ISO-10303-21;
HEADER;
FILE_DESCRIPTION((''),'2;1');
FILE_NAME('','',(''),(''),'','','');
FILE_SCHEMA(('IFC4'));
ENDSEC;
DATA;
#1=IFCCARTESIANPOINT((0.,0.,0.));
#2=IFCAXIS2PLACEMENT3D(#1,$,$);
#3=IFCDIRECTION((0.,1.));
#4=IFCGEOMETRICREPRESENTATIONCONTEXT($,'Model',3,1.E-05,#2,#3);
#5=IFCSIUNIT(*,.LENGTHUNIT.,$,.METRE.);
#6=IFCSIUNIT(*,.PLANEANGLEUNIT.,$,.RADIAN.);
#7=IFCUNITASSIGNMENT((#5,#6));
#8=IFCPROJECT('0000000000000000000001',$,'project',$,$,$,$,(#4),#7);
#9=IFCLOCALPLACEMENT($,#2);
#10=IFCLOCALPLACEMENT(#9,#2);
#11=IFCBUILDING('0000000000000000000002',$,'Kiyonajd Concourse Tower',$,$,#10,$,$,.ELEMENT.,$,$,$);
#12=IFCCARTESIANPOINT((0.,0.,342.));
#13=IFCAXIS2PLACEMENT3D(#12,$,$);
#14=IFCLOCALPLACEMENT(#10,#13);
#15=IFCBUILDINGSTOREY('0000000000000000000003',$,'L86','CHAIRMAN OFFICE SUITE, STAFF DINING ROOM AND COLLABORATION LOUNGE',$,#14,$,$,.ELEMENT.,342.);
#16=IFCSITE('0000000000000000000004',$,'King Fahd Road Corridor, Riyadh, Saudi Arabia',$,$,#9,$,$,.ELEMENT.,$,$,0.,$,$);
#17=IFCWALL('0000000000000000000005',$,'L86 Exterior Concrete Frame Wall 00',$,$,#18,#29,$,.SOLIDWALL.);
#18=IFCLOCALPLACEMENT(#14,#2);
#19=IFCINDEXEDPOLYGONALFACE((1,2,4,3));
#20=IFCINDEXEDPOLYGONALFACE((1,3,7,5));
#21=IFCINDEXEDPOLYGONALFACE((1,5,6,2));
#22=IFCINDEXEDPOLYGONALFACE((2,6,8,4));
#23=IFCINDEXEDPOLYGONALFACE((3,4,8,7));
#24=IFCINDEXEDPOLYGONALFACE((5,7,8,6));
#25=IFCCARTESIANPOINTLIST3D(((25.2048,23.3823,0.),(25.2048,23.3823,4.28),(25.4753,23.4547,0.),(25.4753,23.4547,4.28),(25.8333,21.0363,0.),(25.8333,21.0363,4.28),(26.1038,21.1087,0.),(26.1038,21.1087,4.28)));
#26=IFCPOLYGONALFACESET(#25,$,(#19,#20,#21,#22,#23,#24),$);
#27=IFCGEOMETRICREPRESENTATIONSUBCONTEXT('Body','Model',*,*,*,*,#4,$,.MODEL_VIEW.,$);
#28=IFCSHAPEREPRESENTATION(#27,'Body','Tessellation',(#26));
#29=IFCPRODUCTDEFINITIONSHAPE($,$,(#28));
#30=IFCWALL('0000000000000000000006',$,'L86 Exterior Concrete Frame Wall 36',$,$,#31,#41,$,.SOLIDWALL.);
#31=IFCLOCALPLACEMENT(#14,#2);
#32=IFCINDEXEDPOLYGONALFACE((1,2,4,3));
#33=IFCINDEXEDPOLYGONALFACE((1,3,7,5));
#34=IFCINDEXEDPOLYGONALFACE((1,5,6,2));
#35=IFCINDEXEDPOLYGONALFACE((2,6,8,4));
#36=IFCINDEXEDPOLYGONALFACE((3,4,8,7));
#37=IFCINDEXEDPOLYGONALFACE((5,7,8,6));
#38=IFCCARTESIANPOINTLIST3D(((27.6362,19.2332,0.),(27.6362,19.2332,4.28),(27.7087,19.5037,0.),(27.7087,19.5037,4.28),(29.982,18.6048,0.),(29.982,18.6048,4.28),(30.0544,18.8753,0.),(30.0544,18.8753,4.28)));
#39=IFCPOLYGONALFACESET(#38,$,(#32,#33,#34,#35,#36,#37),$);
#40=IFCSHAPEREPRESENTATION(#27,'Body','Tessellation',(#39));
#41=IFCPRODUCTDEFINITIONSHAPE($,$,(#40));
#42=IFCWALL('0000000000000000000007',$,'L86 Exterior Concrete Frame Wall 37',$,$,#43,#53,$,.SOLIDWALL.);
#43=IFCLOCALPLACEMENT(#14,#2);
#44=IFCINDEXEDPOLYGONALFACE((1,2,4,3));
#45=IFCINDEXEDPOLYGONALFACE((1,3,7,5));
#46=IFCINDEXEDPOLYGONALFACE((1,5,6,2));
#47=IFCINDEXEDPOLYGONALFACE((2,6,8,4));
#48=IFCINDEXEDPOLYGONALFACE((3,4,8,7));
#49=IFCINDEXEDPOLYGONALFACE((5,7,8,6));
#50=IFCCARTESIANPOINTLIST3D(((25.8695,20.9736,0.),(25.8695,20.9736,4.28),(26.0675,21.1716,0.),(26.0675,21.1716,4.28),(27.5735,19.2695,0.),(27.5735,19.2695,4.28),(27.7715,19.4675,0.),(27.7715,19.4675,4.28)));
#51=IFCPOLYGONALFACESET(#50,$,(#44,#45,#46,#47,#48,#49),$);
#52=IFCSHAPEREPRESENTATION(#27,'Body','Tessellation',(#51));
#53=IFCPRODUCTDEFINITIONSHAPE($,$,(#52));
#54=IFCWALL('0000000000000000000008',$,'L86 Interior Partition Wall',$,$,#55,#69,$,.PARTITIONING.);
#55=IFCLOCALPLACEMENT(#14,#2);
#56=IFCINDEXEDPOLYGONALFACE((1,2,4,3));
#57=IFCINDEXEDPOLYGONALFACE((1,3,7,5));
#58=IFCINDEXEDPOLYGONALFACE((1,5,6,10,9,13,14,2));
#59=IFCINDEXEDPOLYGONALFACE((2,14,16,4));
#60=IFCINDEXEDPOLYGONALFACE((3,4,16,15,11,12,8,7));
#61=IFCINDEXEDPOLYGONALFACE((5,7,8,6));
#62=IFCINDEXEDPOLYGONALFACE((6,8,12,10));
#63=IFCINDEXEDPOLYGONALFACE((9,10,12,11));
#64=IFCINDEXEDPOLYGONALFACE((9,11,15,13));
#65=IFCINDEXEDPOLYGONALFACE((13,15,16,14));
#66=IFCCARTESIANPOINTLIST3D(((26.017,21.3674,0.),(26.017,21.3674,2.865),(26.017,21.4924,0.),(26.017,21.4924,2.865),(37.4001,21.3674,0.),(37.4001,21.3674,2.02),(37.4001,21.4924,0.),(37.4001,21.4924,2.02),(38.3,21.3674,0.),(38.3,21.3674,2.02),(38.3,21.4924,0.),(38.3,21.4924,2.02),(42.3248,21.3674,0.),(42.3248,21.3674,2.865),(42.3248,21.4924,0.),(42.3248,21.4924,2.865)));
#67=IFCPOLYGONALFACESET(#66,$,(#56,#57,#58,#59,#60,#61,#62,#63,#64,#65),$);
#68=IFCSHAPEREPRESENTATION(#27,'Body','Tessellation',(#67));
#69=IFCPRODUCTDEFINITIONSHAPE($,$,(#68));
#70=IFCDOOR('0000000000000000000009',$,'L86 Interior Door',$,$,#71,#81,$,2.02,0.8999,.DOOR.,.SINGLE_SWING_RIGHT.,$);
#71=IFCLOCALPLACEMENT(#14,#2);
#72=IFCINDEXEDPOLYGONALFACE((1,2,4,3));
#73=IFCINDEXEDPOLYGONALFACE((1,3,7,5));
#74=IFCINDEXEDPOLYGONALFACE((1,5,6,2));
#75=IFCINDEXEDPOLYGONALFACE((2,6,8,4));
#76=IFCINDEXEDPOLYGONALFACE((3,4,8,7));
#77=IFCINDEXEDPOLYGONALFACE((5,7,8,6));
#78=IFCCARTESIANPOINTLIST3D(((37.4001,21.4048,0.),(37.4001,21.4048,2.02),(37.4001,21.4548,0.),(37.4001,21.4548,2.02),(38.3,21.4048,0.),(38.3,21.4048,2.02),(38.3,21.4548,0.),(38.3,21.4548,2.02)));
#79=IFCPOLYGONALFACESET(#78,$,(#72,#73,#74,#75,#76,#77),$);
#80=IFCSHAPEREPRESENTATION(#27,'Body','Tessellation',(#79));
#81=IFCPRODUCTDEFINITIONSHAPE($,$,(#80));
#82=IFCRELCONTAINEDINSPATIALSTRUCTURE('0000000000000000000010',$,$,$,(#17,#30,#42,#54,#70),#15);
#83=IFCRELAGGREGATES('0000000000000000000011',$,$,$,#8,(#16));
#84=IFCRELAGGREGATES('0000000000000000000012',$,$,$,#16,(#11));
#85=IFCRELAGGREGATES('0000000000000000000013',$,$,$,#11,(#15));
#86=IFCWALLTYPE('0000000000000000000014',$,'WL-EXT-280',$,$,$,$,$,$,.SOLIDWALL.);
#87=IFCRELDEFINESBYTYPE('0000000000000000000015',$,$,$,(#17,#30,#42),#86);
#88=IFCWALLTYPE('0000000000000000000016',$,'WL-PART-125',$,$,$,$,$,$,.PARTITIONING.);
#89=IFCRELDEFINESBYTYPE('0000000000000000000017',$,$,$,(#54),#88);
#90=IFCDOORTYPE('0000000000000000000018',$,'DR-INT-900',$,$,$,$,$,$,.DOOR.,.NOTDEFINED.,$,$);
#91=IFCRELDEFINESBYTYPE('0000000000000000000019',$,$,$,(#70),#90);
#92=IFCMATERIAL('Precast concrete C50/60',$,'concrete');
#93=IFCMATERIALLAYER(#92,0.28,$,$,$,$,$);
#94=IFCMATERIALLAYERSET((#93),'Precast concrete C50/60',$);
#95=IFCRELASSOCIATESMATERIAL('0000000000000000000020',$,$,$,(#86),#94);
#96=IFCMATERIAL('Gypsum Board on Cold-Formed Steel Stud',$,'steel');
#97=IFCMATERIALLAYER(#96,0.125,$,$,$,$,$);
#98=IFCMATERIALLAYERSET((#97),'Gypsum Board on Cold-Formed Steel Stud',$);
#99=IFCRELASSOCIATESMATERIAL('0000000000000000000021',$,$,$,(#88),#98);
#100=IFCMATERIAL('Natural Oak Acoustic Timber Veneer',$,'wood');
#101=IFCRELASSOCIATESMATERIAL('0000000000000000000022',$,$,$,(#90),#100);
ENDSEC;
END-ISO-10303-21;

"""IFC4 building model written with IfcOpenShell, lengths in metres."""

from ifc_helpers import new_model, si_unit, direction, frame, frame_2d, origin, place, context, subcontext, project, spatial, rectangle, extrude, material, layer, layer_set, type_object, element, fill, save


model = new_model("IFC4")

# Units and contexts
model_context = context("Model", 3, precision=1e-05, world=origin(), true_north=direction((0.0, 1.0)))
body_context = subcontext(model_context, "Body", "Model", "MODEL_VIEW")
ifc_project = project(units=[si_unit("LENGTHUNIT", "METRE"), si_unit("PLANEANGLEUNIT", "RADIAN")], contexts=[model_context])

# Site, building, storey
site_placement = place(None, origin())
site = spatial("IfcSite", under=ifc_project, at=site_placement, Name="King Fahd Road Corridor, Riyadh, Saudi Arabia", CompositionType="ELEMENT", RefElevation=0.0)
building_placement = place(site_placement, origin())
building = spatial("IfcBuilding", under=site, at=building_placement, Name="Kiyonajd Concourse Tower", CompositionType="ELEMENT")
storey_placement = place(building_placement, frame((0.0, 0.0, 342.0)))
storey = spatial("IfcBuildingStorey", under=building, at=storey_placement, Name="L86", Description="CHAIRMAN OFFICE SUITE, STAFF DINING ROOM AND COLLABORATION LOUNGE", CompositionType="ELEMENT", Elevation=342.0)

# Shared definitions
ifc_material_1 = material(Name="Precast concrete C50/60", Category="concrete")

# Walls
ifc_layer_1 = layer(ifc_material_1, 0.28)
ifc_layer_set_1 = layer_set([ifc_layer_1], Name="Precast concrete C50/60")
wall_type_1 = type_object("IfcWallType", Name="WL-EXT-280", PredefinedType="SOLIDWALL", material=ifc_layer_set_1)
wall_1_placement = place(storey_placement, frame((25.9685, 21.0725, 0.0), z_axis=(0.0, 0.0, 1.0), x_axis=(-0.258751, 0.965944, 0.0)))
element("IfcWall", 1, at=wall_1_placement, inside=storey, type_object=wall_type_1, Name="L86 Exterior Concrete Frame Wall 00", PredefinedType="SOLIDWALL", context=body_context, shape_type="SweptSolid", body=[
    extrude(rectangle(XDim=2.4287, YDim=0.28, at=frame_2d((1.2144, 0.0))), origin(), (0.0, 0.0, 1.0), 4.28),
])
wall_2_placement = place(storey_placement, frame((30.0183, 18.74, 0.0), z_axis=(0.0, 0.0, 1.0), x_axis=(-0.965937, 0.258776, 0.0)))
element("IfcWall", 2, at=wall_2_placement, inside=storey, type_object=wall_type_1, Name="L86 Exterior Concrete Frame Wall 36", PredefinedType="SOLIDWALL", context=body_context, shape_type="SweptSolid", body=[
    extrude(rectangle(XDim=2.4285, YDim=0.28, at=frame_2d((1.2144, 0.0))), origin(), (0.0, 0.0, 1.0), 4.28),
])
wall_3_placement = place(storey_placement, frame((27.6726, 19.3684, 0.0), z_axis=(0.0, 0.0, 1.0), x_axis=(-0.707107, 0.707107, 0.0)))
element("IfcWall", 3, at=wall_3_placement, inside=storey, type_object=wall_type_1, Name="L86 Exterior Concrete Frame Wall 37", PredefinedType="SOLIDWALL", context=body_context, shape_type="SweptSolid", body=[
    extrude(rectangle(XDim=2.4099, YDim=0.28, at=frame_2d((1.2051, 0.0))), origin(), (0.0, 0.0, 1.0), 4.28),
])

# Wall, opening, door
ifc_material_2 = material(Name="Gypsum Board on Cold-Formed Steel Stud", Category="steel")
ifc_layer_2 = layer(ifc_material_2, 0.125)
ifc_layer_set_2 = layer_set([ifc_layer_2], Name="Gypsum Board on Cold-Formed Steel Stud")
wall_type_2 = type_object("IfcWallType", Name="WL-PART-125", PredefinedType="PARTITIONING", material=ifc_layer_set_2)
wall_4_placement = place(storey_placement, frame((26.0171, 21.4299, 0.0), z_axis=(0.0, 0.0, 1.0), x_axis=(1.0, 0.0, 0.0)))
wall_4 = element("IfcWall", 4, at=wall_4_placement, inside=storey, type_object=wall_type_2, Name="L86 Interior Partition Wall", PredefinedType="PARTITIONING", context=body_context, shape_type="SweptSolid", body=[
    extrude(rectangle(XDim=16.3079, YDim=0.125, at=frame_2d((8.1538, 0.0))), origin(), (0.0, 0.0, 1.0), 2.865),
])
opening_placement = place(wall_4_placement, frame((11.3831, 0.0, 0.0)))
opening = element("IfcOpeningElement", 5, at=opening_placement, cuts=wall_4, PredefinedType="OPENING", context=body_context, shape_type="SweptSolid", body=[
    extrude(rectangle(XDim=0.8999, YDim=2.02, at=frame_2d((0.45, 1.01))), frame((0.0, 0.0725, 0.0), z_axis=(0.0, -1.0, 0.0), x_axis=(1.0, 0.0, 0.0)), (0.0, 0.0, 1.0), 0.145),
])
ifc_material_3 = material(Name="Natural Oak Acoustic Timber Veneer", Category="wood")
door_type = type_object("IfcDoorType", Name="DR-INT-900", OperationType="NOTDEFINED", PredefinedType="DOOR", material=ifc_material_3)
door_placement = place(opening_placement, origin())
door = element("IfcDoor", 6, at=door_placement, inside=storey, type_object=door_type, Name="L86 Interior Door", OperationType="SINGLE_SWING_RIGHT", OverallHeight=2.02, OverallWidth=0.8999, PredefinedType="DOOR", context=body_context, shape_type="SweptSolid", body=[
    extrude(rectangle(XDim=0.8999, YDim=2.02, at=frame_2d((0.45, 1.01))), frame((0.0, 0.0249, 0.0), z_axis=(0.0, -1.0, 0.0), x_axis=(1.0, 0.0, 0.0)), (0.0, 0.0, 1.0), 0.05),
])
fill(opening, door)

save(model, "model.ifc")
